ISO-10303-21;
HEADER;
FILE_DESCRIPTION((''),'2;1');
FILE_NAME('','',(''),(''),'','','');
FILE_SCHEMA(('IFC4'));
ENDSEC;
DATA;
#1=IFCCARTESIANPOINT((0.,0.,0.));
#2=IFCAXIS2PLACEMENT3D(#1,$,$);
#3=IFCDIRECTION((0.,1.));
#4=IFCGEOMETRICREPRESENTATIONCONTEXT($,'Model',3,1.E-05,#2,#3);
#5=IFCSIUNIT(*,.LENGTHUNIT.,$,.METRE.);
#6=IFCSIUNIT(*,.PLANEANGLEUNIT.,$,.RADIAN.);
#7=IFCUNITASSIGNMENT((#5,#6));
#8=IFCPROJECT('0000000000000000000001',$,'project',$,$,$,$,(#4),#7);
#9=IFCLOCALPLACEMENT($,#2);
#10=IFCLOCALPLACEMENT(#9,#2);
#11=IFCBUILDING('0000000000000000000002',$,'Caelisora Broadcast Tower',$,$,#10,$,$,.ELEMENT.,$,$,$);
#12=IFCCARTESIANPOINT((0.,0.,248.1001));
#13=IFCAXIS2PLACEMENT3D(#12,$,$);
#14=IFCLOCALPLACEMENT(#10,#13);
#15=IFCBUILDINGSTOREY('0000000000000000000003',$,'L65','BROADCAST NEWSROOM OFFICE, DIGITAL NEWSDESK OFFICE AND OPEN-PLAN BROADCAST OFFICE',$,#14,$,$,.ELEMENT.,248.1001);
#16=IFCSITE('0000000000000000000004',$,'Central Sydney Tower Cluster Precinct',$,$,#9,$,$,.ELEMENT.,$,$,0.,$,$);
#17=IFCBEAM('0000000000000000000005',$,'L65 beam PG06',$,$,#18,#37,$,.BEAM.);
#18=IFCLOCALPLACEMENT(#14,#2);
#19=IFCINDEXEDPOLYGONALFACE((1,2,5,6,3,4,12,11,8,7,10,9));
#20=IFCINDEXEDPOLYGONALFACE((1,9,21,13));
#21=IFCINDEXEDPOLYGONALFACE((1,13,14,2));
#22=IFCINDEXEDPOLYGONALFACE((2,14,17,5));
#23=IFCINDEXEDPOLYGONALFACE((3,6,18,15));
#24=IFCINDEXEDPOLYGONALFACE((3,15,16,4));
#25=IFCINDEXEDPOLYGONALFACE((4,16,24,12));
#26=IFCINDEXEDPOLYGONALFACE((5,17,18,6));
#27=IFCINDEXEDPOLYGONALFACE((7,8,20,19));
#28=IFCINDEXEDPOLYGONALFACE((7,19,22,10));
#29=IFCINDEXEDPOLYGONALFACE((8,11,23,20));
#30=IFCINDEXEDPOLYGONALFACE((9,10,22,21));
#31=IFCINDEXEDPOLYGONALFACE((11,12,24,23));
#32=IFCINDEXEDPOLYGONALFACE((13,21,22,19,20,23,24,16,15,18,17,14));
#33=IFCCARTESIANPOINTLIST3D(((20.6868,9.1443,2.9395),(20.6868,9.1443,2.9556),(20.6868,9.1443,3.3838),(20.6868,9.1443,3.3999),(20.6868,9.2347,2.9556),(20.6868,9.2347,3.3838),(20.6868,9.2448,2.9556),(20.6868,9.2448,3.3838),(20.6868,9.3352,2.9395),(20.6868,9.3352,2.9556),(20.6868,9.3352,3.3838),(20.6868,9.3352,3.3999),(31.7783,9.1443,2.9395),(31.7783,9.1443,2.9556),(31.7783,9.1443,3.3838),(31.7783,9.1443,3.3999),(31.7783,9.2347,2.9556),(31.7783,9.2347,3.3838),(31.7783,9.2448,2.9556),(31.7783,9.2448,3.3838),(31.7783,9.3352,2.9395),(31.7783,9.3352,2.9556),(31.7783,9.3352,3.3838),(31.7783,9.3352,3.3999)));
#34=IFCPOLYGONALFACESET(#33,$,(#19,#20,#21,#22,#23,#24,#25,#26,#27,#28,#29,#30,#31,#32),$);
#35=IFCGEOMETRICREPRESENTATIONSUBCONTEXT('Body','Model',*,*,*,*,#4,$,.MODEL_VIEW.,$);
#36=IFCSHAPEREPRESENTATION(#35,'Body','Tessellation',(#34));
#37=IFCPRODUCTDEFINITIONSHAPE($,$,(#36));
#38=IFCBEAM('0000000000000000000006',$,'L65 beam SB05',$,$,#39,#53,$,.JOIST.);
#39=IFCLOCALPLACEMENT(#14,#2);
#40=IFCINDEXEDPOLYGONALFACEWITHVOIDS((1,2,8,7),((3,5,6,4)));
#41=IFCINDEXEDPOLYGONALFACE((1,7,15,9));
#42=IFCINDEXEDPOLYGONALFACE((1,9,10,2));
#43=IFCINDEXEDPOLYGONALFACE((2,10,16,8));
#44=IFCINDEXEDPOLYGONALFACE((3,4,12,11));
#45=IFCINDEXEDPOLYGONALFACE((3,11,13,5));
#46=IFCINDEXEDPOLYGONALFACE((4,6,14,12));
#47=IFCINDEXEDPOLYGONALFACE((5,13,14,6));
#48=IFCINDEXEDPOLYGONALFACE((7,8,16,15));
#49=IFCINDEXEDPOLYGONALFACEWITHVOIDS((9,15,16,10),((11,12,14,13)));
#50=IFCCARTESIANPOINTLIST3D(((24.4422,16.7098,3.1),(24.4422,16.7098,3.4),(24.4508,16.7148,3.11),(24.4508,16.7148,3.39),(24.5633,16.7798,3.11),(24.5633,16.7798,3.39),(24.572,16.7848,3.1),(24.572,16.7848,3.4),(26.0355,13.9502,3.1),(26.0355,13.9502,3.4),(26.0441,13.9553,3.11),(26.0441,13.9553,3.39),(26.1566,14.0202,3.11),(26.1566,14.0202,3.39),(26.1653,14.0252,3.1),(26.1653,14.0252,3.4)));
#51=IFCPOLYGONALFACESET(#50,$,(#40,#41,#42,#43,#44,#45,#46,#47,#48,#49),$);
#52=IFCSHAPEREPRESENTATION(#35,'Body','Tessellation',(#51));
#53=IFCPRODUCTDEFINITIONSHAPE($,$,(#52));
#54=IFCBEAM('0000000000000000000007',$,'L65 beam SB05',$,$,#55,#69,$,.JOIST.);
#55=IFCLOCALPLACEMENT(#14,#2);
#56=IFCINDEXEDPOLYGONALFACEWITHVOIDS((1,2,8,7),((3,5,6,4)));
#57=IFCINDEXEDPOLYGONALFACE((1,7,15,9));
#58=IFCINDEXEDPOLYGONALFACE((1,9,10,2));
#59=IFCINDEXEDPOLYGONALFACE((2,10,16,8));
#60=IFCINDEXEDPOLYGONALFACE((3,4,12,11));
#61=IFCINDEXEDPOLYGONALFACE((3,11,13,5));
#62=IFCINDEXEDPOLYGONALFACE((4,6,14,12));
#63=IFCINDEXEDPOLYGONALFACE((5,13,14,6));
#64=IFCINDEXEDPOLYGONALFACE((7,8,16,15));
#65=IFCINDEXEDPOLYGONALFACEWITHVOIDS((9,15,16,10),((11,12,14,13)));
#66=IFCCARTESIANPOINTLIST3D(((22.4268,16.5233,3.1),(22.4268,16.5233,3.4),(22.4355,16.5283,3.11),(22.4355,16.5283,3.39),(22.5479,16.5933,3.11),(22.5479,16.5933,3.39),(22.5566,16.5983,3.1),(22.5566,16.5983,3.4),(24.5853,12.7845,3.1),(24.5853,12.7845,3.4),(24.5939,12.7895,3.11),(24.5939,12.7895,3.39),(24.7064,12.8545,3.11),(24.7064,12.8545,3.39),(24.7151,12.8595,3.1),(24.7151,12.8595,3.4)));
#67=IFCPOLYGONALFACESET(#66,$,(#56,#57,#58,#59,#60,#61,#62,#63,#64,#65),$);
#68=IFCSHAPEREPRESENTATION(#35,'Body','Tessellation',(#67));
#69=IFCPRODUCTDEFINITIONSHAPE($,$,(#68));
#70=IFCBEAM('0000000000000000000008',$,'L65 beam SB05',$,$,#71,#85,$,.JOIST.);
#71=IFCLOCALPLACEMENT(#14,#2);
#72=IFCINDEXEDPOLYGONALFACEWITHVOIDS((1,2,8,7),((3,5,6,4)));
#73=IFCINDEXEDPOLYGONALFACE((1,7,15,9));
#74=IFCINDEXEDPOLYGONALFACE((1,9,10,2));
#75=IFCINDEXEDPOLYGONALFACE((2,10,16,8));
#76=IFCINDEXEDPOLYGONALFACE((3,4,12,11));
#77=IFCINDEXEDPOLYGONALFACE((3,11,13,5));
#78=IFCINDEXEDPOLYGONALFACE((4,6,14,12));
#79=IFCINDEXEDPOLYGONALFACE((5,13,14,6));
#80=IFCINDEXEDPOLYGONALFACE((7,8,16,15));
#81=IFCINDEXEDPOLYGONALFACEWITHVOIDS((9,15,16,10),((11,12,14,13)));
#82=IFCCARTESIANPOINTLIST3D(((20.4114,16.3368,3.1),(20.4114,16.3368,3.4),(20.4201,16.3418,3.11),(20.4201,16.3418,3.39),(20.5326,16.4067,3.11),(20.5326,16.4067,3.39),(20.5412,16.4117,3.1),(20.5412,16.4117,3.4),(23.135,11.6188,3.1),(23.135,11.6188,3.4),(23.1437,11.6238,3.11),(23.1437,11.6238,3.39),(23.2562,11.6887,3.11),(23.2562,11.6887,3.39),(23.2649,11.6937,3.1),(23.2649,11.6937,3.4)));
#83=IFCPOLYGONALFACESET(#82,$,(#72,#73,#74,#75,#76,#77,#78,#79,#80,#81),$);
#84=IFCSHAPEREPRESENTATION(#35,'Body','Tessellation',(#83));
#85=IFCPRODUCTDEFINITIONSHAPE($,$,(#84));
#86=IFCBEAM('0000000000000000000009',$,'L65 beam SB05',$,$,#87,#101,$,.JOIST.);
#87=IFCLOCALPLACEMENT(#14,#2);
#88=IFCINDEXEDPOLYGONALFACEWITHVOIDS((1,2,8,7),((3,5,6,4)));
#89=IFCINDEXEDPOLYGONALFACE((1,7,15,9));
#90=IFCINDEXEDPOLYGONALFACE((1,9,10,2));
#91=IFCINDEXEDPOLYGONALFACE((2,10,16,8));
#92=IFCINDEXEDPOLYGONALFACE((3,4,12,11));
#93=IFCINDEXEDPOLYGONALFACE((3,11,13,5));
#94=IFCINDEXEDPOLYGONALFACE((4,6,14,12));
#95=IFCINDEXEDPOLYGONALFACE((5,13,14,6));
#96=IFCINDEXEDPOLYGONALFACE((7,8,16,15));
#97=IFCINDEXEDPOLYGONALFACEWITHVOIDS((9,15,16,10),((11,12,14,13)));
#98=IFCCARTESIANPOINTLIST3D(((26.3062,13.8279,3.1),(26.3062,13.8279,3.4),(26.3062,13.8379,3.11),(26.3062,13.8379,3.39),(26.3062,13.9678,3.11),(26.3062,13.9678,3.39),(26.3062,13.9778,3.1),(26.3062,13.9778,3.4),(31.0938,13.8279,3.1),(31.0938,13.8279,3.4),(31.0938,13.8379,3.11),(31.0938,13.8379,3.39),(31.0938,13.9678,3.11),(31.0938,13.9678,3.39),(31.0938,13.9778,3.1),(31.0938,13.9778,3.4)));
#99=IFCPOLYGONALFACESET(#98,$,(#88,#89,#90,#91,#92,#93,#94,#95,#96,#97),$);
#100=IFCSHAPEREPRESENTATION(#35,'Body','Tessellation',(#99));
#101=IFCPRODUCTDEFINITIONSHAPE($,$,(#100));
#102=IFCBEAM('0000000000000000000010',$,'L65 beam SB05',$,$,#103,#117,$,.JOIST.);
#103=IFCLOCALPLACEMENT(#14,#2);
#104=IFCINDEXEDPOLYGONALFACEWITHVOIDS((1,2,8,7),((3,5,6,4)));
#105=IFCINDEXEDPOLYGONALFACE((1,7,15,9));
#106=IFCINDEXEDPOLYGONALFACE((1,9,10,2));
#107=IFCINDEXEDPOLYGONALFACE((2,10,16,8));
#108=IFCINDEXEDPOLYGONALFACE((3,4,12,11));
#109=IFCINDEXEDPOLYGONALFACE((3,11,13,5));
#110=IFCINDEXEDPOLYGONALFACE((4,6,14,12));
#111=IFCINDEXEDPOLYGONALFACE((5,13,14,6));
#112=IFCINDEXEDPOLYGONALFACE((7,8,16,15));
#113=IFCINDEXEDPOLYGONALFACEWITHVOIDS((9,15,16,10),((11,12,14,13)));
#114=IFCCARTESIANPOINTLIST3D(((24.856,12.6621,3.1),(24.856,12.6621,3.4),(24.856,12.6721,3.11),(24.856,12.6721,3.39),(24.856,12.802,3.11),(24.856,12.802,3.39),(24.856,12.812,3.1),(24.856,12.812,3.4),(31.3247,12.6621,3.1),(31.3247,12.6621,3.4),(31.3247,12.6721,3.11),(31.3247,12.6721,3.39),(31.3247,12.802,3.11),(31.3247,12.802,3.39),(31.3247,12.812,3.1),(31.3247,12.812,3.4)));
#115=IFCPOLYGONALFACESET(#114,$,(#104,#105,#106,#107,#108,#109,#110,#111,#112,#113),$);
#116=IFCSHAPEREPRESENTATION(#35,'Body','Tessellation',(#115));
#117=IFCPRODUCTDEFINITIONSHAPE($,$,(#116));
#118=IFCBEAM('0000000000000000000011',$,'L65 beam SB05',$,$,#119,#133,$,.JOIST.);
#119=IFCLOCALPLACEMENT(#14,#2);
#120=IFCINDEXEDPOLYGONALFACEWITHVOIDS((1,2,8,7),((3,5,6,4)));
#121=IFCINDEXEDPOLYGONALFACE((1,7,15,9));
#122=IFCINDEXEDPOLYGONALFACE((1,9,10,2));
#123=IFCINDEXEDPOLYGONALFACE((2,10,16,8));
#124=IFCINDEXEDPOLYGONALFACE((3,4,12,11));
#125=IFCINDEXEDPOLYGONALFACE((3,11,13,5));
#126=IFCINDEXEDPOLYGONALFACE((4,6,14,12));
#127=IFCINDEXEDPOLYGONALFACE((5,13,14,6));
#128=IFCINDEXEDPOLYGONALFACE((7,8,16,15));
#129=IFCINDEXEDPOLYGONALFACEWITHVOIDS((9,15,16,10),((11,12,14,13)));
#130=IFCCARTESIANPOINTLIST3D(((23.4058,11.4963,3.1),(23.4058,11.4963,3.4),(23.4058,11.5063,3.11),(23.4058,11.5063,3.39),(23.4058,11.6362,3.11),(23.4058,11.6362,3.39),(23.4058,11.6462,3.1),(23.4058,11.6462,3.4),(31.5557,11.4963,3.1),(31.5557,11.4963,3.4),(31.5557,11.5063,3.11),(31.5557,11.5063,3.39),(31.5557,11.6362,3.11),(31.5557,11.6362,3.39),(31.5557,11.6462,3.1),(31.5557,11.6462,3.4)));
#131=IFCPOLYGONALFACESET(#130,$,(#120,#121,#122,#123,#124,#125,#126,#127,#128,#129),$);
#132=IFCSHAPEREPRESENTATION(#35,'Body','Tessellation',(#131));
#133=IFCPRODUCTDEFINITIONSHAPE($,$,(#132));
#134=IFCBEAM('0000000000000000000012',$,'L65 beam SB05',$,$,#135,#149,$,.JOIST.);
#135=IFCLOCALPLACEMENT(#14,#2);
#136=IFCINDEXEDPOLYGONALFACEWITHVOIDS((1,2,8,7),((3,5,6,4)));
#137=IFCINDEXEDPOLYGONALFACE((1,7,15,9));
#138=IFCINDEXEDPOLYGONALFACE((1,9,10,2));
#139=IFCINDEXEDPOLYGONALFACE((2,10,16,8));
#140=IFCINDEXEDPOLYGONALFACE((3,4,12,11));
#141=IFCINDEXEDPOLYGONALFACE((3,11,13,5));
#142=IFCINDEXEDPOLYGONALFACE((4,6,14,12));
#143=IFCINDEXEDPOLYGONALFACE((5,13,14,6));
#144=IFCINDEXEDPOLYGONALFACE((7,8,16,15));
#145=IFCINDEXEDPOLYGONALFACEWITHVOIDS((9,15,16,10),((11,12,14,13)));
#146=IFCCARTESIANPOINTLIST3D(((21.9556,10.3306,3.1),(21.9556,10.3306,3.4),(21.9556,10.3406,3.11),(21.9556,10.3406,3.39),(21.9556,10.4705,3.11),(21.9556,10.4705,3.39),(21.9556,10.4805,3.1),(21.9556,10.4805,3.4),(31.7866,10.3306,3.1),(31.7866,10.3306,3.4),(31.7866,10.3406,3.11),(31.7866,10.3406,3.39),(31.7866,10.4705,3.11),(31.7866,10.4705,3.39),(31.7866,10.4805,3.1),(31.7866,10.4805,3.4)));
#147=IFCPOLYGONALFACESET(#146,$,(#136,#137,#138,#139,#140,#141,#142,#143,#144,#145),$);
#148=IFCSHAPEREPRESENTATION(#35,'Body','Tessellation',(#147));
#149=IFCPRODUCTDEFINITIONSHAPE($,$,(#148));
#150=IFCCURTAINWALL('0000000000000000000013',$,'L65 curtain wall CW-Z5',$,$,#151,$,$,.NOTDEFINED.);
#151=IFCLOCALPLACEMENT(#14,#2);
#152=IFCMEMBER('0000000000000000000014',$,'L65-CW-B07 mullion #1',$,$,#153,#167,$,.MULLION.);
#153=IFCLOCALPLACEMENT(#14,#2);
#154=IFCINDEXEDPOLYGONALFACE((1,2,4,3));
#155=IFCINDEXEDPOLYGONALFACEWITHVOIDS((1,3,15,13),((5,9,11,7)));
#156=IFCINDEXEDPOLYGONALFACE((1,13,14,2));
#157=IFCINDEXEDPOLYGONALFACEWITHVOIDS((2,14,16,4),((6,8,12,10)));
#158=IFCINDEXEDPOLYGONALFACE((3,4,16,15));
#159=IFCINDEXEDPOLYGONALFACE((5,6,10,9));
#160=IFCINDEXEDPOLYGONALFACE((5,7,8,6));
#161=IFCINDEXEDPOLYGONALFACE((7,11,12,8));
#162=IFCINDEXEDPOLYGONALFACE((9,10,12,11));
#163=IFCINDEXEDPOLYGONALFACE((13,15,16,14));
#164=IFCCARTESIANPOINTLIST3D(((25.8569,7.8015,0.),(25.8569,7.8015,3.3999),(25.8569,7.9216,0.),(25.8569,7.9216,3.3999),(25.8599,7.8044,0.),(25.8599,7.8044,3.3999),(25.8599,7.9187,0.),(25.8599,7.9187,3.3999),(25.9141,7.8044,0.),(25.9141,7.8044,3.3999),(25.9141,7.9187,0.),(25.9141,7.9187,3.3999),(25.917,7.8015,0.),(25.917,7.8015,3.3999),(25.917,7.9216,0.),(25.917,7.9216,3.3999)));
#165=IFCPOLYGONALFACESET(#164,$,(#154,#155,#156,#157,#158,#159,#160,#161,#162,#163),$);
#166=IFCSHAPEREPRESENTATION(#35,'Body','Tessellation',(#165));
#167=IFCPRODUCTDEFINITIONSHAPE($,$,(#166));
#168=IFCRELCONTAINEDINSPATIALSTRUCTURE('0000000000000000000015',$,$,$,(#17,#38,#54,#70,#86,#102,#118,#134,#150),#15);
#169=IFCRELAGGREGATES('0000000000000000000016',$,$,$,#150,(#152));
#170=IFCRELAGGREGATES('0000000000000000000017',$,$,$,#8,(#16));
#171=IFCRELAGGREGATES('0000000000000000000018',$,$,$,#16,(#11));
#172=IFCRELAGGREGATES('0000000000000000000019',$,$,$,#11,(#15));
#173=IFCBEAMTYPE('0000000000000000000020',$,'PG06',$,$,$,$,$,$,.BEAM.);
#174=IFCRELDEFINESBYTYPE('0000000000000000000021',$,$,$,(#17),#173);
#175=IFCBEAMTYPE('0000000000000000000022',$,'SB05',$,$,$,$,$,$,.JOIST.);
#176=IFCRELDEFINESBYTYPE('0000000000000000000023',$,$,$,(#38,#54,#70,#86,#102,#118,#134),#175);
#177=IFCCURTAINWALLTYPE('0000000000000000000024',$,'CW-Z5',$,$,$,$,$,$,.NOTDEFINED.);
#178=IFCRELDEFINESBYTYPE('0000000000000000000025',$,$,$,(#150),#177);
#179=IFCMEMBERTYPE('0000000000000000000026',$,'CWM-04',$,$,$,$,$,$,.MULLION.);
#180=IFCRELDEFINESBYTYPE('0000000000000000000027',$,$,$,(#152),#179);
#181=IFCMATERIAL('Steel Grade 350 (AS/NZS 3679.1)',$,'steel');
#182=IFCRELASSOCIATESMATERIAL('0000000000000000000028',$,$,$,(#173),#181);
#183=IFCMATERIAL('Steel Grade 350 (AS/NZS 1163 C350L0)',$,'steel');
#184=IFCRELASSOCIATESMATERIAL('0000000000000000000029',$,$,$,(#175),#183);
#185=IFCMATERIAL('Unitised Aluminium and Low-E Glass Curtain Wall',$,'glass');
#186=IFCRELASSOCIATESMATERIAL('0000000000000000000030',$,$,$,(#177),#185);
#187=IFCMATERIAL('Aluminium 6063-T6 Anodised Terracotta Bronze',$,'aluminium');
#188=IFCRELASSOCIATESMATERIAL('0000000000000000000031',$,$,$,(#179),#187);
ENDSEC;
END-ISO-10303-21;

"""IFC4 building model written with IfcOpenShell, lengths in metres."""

from ifc_helpers import new_model, si_unit, direction, frame, origin, origin_2d, place, context, subcontext, project, spatial, hollow_rectangle, i_section, extrude, source, transform, mapped, material, material_profile, profile_set, type_object, type_shapes, element, aggregate, save


model = new_model("IFC4")

# Units and contexts
model_context = context("Model", 3, precision=1e-05, world=origin(), true_north=direction((0.0, 1.0)))
body_context = subcontext(model_context, "Body", "Model", "MODEL_VIEW")
ifc_project = project(units=[si_unit("LENGTHUNIT", "METRE"), si_unit("PLANEANGLEUNIT", "RADIAN")], contexts=[model_context])

# Site, building, storey
site_placement = place(None, origin())
site = spatial("IfcSite", under=ifc_project, at=site_placement, Name="Central Sydney Tower Cluster Precinct", CompositionType="ELEMENT", RefElevation=0.0)
building_placement = place(site_placement, origin())
building = spatial("IfcBuilding", under=site, at=building_placement, Name="Caelisora Broadcast Tower", CompositionType="ELEMENT")
storey_placement = place(building_placement, frame((0.0, 0.0, 248.1001)))
storey = spatial("IfcBuildingStorey", under=building, at=storey_placement, Name="L65", Description="BROADCAST NEWSROOM OFFICE, DIGITAL NEWSDESK OFFICE AND OPEN-PLAN BROADCAST OFFICE", CompositionType="ELEMENT", Elevation=248.1001)

# Beams
ifc_material_1 = material(Name="Steel Grade 350 (AS/NZS 3679.1)", Category="steel")
ifc_material_profile_1 = material_profile(ifc_material_1, i_section(OverallWidth=0.1909, OverallDepth=0.4604, WebThickness=0.01, FlangeThickness=0.0161, at=origin_2d()), Name="Steel Grade 350 (AS/NZS 3679.1)")
ifc_profile_set_1 = profile_set([ifc_material_profile_1], Name="Steel Grade 350 (AS/NZS 3679.1)")
beam_type_1 = type_object("IfcBeamType", Name="PG06", PredefinedType="BEAM", material=ifc_profile_set_1)
shared_shape_1 = source(origin(), body_context, "Body", "SweptSolid", [
    extrude(i_section(OverallWidth=0.1909, OverallDepth=0.4604, WebThickness=0.01, FlangeThickness=0.0161, at=origin_2d()), origin(), (0.0, 0.0, 1.0), 11.0916),
])
type_shapes(beam_type_1, [shared_shape_1])
beam_1_placement = place(storey_placement, frame((20.6868, 9.2397, 3.1697), z_axis=(1.0, 0.0, 0.0), x_axis=(0.0, 1.0, 0.0)))
element("IfcBeam", 1, at=beam_1_placement, inside=storey, type_object=beam_type_1, Name="L65 beam PG06", PredefinedType="BEAM", context=body_context, shape_type="MappedRepresentation", body=[
    mapped(shared_shape_1, transform((0.0, 0.0, 0.0), scale=1.0)),
])
ifc_material_2 = material(Name="Steel Grade 350 (AS/NZS 1163 C350L0)", Category="steel")
ifc_material_profile_2 = material_profile(ifc_material_2, hollow_rectangle(XDim=0.1499, YDim=0.3, WallThickness=0.01, at=origin_2d()), Name="Steel Grade 350 (AS/NZS 1163 C350L0)")
ifc_profile_set_2 = profile_set([ifc_material_profile_2], Name="Steel Grade 350 (AS/NZS 1163 C350L0)")
beam_type_2 = type_object("IfcBeamType", Name="SB05", PredefinedType="JOIST", material=ifc_profile_set_2)
shared_shape_2 = source(origin(), body_context, "Body", "SweptSolid", [
    extrude(hollow_rectangle(XDim=0.1499, YDim=0.3, WallThickness=0.01, at=origin_2d()), origin(), (0.0, 0.0, 1.0), 3.1865),
])
beam_2_placement = place(storey_placement, frame((24.5071, 16.7473, 3.25), z_axis=(0.500012, -0.866018, 0.0), x_axis=(0.866018, 0.500012, 0.0)))
element("IfcBeam", 2, at=beam_2_placement, inside=storey, type_object=beam_type_2, Name="L65 beam SB05", PredefinedType="JOIST", context=body_context, shape_type="MappedRepresentation", body=[
    mapped(shared_shape_2, transform((0.0, 0.0, 0.0), scale=1.0)),
])
shared_shape_3 = source(origin(), body_context, "Body", "SweptSolid", [
    extrude(hollow_rectangle(XDim=0.1499, YDim=0.3, WallThickness=0.01, at=origin_2d()), origin(), (0.0, 0.0, 1.0), 4.3171),
])
beam_3_placement = place(storey_placement, frame((22.4917, 16.5608, 3.25), z_axis=(0.499977, -0.866039, 0.0), x_axis=(0.866039, 0.499977, 0.0)))
element("IfcBeam", 3, at=beam_3_placement, inside=storey, type_object=beam_type_2, Name="L65 beam SB05", PredefinedType="JOIST", context=body_context, shape_type="MappedRepresentation", body=[
    mapped(shared_shape_3, transform((0.0, 0.0, 0.0), scale=1.0)),
])
shared_shape_4 = source(origin(), body_context, "Body", "SweptSolid", [
    extrude(hollow_rectangle(XDim=0.1499, YDim=0.3, WallThickness=0.01, at=origin_2d()), origin(), (0.0, 0.0, 1.0), 5.4478),
])
beam_4_placement = place(storey_placement, frame((20.4763, 16.3743, 3.25), z_axis=(0.499957, -0.866051, 0.0), x_axis=(0.866051, 0.499957, 0.0)))
element("IfcBeam", 4, at=beam_4_placement, inside=storey, type_object=beam_type_2, Name="L65 beam SB05", PredefinedType="JOIST", context=body_context, shape_type="MappedRepresentation", body=[
    mapped(shared_shape_4, transform((0.0, 0.0, 0.0), scale=1.0)),
])
shared_shape_5 = source(origin(), body_context, "Body", "SweptSolid", [
    extrude(hollow_rectangle(XDim=0.1499, YDim=0.3, WallThickness=0.01, at=origin_2d()), origin(), (0.0, 0.0, 1.0), 4.7876),
])
beam_5_placement = place(storey_placement, frame((26.3062, 13.9028, 3.25), z_axis=(1.0, 0.0, 0.0), x_axis=(0.0, 1.0, 0.0)))
element("IfcBeam", 5, at=beam_5_placement, inside=storey, type_object=beam_type_2, Name="L65 beam SB05", PredefinedType="JOIST", context=body_context, shape_type="MappedRepresentation", body=[
    mapped(shared_shape_5, transform((0.0, 0.0, 0.0), scale=1.0)),
])
shared_shape_6 = source(origin(), body_context, "Body", "SweptSolid", [
    extrude(hollow_rectangle(XDim=0.1499, YDim=0.3, WallThickness=0.01, at=origin_2d()), origin(), (0.0, 0.0, 1.0), 6.4688),
])
beam_6_placement = place(storey_placement, frame((24.856, 12.7371, 3.25), z_axis=(1.0, 0.0, 0.0), x_axis=(0.0, 1.0, 0.0)))
element("IfcBeam", 6, at=beam_6_placement, inside=storey, type_object=beam_type_2, Name="L65 beam SB05", PredefinedType="JOIST", context=body_context, shape_type="MappedRepresentation", body=[
    mapped(shared_shape_6, transform((0.0, 0.0, 0.0), scale=1.0)),
])
shared_shape_7 = source(origin(), body_context, "Body", "SweptSolid", [
    extrude(hollow_rectangle(XDim=0.1499, YDim=0.3, WallThickness=0.01, at=origin_2d()), origin(), (0.0, 0.0, 1.0), 8.1499),
])
beam_7_placement = place(storey_placement, frame((23.4058, 11.5713, 3.25), z_axis=(1.0, 0.0, 0.0), x_axis=(0.0, 1.0, 0.0)))
element("IfcBeam", 7, at=beam_7_placement, inside=storey, type_object=beam_type_2, Name="L65 beam SB05", PredefinedType="JOIST", context=body_context, shape_type="MappedRepresentation", body=[
    mapped(shared_shape_7, transform((0.0, 0.0, 0.0), scale=1.0)),
])
shared_shape_8 = source(origin(), body_context, "Body", "SweptSolid", [
    extrude(hollow_rectangle(XDim=0.1499, YDim=0.3, WallThickness=0.01, at=origin_2d()), origin(), (0.0, 0.0, 1.0), 9.8311),
])
type_shapes(beam_type_2, [shared_shape_2, shared_shape_3, shared_shape_4, shared_shape_5, shared_shape_6, shared_shape_7, shared_shape_8])
beam_8_placement = place(storey_placement, frame((21.9556, 10.4055, 3.25), z_axis=(1.0, 0.0, 0.0), x_axis=(0.0, 1.0, 0.0)))
element("IfcBeam", 8, at=beam_8_placement, inside=storey, type_object=beam_type_2, Name="L65 beam SB05", PredefinedType="JOIST", context=body_context, shape_type="MappedRepresentation", body=[
    mapped(shared_shape_8, transform((0.0, 0.0, 0.0), scale=1.0)),
])

# Curtain wall, member
ifc_material_3 = material(Name="Unitised Aluminium and Low-E Glass Curtain Wall", Category="glass")
curtain_wall_type = type_object("IfcCurtainWallType", Name="CW-Z5", PredefinedType="NOTDEFINED", material=ifc_material_3)
curtain_wall_placement = place(storey_placement, origin())
curtain_wall = element("IfcCurtainWall", 9, at=curtain_wall_placement, inside=storey, type_object=curtain_wall_type, Name="L65 curtain wall CW-Z5", PredefinedType="NOTDEFINED")
ifc_material_4 = material(Name="Aluminium 6063-T6 Anodised Terracotta Bronze", Category="aluminium")
ifc_material_profile_3 = material_profile(ifc_material_4, hollow_rectangle(XDim=0.0601, YDim=0.1201, WallThickness=0.0029, at=origin_2d()), Name="Aluminium 6063-T6 Anodised Terracotta Bronze")
ifc_profile_set_3 = profile_set([ifc_material_profile_3], Name="Aluminium 6063-T6 Anodised Terracotta Bronze")
member_type = type_object("IfcMemberType", Name="CWM-04", PredefinedType="MULLION", material=ifc_profile_set_3)
shared_shape_9 = source(origin(), body_context, "Body", "SweptSolid", [
    extrude(hollow_rectangle(XDim=0.0601, YDim=0.1201, WallThickness=0.0029, at=origin_2d()), origin(), (0.0, 0.0, 1.0), 3.3999),
])
type_shapes(member_type, [shared_shape_9])
member_placement = place(storey_placement, frame((25.887, 7.8616, 0.0), z_axis=(0.0, 0.0, 1.0), x_axis=(1.0, 0.0, 0.0)))
member = element("IfcMember", 10, at=member_placement, type_object=member_type, Name="L65-CW-B07 mullion #1", PredefinedType="MULLION", context=body_context, shape_type="MappedRepresentation", body=[
    mapped(shared_shape_9, transform((0.0, 0.0, 0.0), scale=1.0)),
])

aggregate(curtain_wall, [member])

save(model, "model.ifc")
